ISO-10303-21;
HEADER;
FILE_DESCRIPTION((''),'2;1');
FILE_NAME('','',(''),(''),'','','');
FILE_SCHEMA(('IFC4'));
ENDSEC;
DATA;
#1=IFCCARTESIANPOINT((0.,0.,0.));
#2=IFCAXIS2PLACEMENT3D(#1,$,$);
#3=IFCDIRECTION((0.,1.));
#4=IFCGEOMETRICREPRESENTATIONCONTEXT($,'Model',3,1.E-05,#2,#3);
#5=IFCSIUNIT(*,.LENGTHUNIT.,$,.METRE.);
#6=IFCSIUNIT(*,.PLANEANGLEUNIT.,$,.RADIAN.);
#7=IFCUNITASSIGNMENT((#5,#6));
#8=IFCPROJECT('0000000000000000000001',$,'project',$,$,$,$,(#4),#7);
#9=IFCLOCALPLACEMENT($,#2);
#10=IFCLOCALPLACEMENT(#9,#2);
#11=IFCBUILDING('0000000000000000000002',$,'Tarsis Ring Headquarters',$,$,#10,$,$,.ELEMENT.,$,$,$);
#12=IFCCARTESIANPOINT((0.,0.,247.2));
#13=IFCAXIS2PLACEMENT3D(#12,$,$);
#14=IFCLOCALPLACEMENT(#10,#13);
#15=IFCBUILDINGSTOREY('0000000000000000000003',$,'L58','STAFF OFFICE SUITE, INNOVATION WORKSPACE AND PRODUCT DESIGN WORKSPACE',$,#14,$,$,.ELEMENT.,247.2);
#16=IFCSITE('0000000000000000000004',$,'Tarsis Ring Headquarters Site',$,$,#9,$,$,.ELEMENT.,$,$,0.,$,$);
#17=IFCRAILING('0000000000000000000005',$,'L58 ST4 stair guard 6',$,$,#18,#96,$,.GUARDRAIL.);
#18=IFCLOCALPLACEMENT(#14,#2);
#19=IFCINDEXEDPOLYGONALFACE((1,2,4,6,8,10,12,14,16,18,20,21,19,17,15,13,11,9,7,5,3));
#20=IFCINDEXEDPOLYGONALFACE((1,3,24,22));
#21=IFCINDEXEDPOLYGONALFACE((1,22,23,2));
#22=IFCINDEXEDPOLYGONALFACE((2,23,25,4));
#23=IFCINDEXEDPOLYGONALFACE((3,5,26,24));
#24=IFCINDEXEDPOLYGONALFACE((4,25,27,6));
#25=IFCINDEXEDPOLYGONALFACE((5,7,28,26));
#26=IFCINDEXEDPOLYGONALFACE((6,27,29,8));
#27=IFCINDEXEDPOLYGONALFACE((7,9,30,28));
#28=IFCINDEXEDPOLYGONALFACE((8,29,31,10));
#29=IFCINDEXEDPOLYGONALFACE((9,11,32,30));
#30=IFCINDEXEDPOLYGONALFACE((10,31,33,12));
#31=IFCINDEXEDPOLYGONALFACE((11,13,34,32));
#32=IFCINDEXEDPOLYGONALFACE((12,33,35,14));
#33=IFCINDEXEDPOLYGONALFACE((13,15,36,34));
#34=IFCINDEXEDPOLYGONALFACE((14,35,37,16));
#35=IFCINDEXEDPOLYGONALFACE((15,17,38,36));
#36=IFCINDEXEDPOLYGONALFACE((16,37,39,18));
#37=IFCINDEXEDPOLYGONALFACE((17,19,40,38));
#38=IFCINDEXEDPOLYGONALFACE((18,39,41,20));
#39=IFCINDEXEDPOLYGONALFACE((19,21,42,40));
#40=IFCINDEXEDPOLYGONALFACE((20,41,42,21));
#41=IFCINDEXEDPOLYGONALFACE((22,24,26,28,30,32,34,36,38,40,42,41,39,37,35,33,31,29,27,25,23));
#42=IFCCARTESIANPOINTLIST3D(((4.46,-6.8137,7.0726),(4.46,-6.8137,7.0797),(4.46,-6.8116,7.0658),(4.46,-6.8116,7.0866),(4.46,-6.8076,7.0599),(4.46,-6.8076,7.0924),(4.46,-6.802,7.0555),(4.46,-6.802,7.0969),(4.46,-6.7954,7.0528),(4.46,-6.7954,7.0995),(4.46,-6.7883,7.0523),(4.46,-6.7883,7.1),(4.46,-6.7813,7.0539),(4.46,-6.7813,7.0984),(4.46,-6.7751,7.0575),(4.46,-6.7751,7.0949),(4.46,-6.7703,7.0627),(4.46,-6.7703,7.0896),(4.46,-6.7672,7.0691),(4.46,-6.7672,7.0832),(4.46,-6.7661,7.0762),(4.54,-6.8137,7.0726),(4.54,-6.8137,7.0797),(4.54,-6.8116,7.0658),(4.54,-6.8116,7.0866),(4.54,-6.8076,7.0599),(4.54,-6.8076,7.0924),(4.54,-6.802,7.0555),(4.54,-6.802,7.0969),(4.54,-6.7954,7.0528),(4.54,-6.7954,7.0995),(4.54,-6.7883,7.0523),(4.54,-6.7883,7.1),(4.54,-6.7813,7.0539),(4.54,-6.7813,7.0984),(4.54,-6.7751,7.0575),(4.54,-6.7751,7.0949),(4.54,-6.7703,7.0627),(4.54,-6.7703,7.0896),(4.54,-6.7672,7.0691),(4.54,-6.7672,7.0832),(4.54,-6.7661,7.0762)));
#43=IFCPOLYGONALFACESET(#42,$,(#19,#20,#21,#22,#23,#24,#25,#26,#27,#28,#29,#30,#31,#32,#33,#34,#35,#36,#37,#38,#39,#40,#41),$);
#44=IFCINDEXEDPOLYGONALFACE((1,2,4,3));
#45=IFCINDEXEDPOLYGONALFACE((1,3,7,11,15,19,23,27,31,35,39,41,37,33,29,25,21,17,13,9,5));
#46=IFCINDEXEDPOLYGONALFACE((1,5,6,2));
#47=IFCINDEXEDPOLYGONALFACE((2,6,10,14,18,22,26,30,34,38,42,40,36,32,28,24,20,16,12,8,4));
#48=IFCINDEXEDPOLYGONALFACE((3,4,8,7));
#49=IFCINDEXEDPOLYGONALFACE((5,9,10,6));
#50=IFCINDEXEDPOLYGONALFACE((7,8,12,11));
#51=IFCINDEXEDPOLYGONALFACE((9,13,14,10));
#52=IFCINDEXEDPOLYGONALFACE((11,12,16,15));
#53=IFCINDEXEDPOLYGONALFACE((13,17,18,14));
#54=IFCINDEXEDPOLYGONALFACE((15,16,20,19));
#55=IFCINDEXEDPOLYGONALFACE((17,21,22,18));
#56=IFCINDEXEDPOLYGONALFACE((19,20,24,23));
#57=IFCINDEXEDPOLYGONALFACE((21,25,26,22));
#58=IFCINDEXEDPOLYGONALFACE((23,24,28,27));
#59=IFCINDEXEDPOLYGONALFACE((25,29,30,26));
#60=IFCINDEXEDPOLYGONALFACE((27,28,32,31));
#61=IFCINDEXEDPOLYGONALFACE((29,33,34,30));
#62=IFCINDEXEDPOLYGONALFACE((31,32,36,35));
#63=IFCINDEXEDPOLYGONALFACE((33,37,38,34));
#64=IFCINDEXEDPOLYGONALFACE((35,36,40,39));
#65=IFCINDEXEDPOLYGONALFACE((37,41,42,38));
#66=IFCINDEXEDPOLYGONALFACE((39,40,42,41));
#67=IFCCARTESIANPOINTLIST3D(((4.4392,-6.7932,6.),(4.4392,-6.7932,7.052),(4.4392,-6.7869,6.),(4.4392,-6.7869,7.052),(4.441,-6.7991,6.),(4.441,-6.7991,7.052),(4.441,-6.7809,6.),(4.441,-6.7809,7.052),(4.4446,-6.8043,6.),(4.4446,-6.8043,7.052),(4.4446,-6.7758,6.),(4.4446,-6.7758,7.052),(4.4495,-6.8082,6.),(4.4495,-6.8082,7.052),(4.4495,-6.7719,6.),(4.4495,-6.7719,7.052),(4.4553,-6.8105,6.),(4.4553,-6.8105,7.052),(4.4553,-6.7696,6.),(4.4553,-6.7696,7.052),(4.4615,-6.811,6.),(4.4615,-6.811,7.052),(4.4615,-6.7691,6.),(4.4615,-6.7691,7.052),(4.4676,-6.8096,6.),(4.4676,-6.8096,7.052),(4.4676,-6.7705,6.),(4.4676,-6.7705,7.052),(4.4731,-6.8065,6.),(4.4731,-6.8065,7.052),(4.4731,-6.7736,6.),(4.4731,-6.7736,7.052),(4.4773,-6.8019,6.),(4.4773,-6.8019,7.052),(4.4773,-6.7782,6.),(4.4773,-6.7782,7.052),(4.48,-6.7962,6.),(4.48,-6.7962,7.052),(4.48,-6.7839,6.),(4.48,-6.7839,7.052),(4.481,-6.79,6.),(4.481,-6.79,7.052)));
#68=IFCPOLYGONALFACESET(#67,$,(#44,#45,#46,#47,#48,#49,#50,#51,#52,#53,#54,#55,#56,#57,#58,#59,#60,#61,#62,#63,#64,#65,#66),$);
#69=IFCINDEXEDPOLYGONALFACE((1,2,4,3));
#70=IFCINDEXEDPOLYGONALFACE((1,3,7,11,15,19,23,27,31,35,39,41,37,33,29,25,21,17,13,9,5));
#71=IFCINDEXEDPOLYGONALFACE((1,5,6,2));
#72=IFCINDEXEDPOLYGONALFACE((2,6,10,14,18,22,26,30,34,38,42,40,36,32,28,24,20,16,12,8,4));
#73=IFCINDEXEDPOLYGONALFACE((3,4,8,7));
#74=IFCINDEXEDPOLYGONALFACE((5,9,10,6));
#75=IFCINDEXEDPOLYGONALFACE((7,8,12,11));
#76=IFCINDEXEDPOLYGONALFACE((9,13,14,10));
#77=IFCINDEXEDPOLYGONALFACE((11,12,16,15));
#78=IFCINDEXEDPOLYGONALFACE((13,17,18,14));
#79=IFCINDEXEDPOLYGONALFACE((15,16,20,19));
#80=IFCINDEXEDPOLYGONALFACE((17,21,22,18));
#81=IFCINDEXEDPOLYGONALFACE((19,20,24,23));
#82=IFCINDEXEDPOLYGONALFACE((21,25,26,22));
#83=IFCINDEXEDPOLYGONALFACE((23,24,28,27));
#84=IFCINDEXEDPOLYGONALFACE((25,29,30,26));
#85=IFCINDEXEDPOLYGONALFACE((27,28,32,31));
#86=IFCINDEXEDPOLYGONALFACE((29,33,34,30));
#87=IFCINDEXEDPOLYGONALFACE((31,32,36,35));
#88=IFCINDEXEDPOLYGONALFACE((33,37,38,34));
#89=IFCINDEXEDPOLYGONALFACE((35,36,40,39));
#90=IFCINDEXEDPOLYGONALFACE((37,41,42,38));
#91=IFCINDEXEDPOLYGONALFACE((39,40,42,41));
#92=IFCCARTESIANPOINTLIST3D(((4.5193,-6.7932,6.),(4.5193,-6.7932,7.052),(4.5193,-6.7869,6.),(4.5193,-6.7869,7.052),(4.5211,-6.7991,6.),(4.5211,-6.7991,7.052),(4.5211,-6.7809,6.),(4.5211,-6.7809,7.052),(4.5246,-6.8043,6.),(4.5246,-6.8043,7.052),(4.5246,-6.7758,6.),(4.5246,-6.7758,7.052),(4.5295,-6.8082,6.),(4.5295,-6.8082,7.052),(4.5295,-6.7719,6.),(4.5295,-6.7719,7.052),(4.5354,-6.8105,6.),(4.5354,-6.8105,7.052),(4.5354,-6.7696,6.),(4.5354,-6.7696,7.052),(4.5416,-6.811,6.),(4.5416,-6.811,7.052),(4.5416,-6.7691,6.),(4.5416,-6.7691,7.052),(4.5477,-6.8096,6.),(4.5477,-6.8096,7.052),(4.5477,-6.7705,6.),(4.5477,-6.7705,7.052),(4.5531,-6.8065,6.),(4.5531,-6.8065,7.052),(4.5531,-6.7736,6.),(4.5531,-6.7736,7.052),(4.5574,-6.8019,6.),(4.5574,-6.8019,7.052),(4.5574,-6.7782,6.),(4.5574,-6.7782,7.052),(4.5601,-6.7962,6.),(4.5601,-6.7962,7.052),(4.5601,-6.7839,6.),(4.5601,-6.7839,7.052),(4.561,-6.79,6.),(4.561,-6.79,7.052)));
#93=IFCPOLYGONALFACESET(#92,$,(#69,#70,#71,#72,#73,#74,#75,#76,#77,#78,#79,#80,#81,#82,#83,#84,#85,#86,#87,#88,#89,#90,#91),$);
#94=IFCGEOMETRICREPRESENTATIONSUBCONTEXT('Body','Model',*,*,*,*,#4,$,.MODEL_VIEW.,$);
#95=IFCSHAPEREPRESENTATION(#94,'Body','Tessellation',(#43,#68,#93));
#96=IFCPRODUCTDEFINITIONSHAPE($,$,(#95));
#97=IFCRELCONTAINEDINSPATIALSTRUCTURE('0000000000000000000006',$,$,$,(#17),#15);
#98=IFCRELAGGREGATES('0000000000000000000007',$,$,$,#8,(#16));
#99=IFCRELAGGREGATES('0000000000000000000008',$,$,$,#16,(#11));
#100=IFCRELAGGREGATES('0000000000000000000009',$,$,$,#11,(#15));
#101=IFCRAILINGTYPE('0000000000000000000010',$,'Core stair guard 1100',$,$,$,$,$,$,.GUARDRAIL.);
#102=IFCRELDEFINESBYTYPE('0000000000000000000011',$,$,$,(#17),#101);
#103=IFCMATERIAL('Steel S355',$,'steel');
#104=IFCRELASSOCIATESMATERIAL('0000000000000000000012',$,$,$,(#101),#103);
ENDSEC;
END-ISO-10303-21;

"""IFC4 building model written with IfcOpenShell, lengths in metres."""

from ifc_helpers import new_model, si_unit, direction, frame, origin, origin_2d, place, context, subcontext, project, spatial, circle, extrude, material, type_object, element, save


model = new_model("IFC4")

# Units and contexts
model_context = context("Model", 3, precision=1e-05, world=origin(), true_north=direction((0.0, 1.0)))
body_context = subcontext(model_context, "Body", "Model", "MODEL_VIEW")
ifc_project = project(units=[si_unit("LENGTHUNIT", "METRE"), si_unit("PLANEANGLEUNIT", "RADIAN")], contexts=[model_context])

# Site, building, storey
site_placement = place(None, origin())
site = spatial("IfcSite", under=ifc_project, at=site_placement, Name="Tarsis Ring Headquarters Site", CompositionType="ELEMENT", RefElevation=0.0)
building_placement = place(site_placement, origin())
building = spatial("IfcBuilding", under=site, at=building_placement, Name="Tarsis Ring Headquarters", CompositionType="ELEMENT")
storey_placement = place(building_placement, frame((0.0, 0.0, 247.2)))
storey = spatial("IfcBuildingStorey", under=building, at=storey_placement, Name="L58", Description="STAFF OFFICE SUITE, INNOVATION WORKSPACE AND PRODUCT DESIGN WORKSPACE", CompositionType="ELEMENT", Elevation=247.2)

# Shared definitions
ifc_material_1 = material(Name="Steel S355", Category="steel")

# Railing
railing_type_1 = type_object("IfcRailingType", Name="Core stair guard 1100", PredefinedType="GUARDRAIL", material=ifc_material_1)
railing_1_placement = place(storey_placement, frame((4.46, -6.79, 6.0)))
element("IfcRailing", 1, at=railing_1_placement, inside=storey, type_object=railing_type_1, Name="L58 ST4 stair guard 6", PredefinedType="GUARDRAIL", context=body_context, shape_type="SweptSolid", body=[
    extrude(circle(Radius=0.0239, at=origin_2d()), frame((0.0, 0.0, 1.0762), z_axis=(1.0, 0.0, 0.0), x_axis=(0.0, 1.0, 0.0)), (0.0, 0.0, 1.0), 0.0801),
    extrude(circle(Radius=0.021, at=origin_2d()), origin(), (0.0, 0.0, 1.0), 1.052),
    extrude(circle(Radius=0.021, at=origin_2d()), frame((0.0801, 0.0, 0.0)), (0.0, 0.0, 1.0), 1.052),
])

save(model, "model.ifc")
